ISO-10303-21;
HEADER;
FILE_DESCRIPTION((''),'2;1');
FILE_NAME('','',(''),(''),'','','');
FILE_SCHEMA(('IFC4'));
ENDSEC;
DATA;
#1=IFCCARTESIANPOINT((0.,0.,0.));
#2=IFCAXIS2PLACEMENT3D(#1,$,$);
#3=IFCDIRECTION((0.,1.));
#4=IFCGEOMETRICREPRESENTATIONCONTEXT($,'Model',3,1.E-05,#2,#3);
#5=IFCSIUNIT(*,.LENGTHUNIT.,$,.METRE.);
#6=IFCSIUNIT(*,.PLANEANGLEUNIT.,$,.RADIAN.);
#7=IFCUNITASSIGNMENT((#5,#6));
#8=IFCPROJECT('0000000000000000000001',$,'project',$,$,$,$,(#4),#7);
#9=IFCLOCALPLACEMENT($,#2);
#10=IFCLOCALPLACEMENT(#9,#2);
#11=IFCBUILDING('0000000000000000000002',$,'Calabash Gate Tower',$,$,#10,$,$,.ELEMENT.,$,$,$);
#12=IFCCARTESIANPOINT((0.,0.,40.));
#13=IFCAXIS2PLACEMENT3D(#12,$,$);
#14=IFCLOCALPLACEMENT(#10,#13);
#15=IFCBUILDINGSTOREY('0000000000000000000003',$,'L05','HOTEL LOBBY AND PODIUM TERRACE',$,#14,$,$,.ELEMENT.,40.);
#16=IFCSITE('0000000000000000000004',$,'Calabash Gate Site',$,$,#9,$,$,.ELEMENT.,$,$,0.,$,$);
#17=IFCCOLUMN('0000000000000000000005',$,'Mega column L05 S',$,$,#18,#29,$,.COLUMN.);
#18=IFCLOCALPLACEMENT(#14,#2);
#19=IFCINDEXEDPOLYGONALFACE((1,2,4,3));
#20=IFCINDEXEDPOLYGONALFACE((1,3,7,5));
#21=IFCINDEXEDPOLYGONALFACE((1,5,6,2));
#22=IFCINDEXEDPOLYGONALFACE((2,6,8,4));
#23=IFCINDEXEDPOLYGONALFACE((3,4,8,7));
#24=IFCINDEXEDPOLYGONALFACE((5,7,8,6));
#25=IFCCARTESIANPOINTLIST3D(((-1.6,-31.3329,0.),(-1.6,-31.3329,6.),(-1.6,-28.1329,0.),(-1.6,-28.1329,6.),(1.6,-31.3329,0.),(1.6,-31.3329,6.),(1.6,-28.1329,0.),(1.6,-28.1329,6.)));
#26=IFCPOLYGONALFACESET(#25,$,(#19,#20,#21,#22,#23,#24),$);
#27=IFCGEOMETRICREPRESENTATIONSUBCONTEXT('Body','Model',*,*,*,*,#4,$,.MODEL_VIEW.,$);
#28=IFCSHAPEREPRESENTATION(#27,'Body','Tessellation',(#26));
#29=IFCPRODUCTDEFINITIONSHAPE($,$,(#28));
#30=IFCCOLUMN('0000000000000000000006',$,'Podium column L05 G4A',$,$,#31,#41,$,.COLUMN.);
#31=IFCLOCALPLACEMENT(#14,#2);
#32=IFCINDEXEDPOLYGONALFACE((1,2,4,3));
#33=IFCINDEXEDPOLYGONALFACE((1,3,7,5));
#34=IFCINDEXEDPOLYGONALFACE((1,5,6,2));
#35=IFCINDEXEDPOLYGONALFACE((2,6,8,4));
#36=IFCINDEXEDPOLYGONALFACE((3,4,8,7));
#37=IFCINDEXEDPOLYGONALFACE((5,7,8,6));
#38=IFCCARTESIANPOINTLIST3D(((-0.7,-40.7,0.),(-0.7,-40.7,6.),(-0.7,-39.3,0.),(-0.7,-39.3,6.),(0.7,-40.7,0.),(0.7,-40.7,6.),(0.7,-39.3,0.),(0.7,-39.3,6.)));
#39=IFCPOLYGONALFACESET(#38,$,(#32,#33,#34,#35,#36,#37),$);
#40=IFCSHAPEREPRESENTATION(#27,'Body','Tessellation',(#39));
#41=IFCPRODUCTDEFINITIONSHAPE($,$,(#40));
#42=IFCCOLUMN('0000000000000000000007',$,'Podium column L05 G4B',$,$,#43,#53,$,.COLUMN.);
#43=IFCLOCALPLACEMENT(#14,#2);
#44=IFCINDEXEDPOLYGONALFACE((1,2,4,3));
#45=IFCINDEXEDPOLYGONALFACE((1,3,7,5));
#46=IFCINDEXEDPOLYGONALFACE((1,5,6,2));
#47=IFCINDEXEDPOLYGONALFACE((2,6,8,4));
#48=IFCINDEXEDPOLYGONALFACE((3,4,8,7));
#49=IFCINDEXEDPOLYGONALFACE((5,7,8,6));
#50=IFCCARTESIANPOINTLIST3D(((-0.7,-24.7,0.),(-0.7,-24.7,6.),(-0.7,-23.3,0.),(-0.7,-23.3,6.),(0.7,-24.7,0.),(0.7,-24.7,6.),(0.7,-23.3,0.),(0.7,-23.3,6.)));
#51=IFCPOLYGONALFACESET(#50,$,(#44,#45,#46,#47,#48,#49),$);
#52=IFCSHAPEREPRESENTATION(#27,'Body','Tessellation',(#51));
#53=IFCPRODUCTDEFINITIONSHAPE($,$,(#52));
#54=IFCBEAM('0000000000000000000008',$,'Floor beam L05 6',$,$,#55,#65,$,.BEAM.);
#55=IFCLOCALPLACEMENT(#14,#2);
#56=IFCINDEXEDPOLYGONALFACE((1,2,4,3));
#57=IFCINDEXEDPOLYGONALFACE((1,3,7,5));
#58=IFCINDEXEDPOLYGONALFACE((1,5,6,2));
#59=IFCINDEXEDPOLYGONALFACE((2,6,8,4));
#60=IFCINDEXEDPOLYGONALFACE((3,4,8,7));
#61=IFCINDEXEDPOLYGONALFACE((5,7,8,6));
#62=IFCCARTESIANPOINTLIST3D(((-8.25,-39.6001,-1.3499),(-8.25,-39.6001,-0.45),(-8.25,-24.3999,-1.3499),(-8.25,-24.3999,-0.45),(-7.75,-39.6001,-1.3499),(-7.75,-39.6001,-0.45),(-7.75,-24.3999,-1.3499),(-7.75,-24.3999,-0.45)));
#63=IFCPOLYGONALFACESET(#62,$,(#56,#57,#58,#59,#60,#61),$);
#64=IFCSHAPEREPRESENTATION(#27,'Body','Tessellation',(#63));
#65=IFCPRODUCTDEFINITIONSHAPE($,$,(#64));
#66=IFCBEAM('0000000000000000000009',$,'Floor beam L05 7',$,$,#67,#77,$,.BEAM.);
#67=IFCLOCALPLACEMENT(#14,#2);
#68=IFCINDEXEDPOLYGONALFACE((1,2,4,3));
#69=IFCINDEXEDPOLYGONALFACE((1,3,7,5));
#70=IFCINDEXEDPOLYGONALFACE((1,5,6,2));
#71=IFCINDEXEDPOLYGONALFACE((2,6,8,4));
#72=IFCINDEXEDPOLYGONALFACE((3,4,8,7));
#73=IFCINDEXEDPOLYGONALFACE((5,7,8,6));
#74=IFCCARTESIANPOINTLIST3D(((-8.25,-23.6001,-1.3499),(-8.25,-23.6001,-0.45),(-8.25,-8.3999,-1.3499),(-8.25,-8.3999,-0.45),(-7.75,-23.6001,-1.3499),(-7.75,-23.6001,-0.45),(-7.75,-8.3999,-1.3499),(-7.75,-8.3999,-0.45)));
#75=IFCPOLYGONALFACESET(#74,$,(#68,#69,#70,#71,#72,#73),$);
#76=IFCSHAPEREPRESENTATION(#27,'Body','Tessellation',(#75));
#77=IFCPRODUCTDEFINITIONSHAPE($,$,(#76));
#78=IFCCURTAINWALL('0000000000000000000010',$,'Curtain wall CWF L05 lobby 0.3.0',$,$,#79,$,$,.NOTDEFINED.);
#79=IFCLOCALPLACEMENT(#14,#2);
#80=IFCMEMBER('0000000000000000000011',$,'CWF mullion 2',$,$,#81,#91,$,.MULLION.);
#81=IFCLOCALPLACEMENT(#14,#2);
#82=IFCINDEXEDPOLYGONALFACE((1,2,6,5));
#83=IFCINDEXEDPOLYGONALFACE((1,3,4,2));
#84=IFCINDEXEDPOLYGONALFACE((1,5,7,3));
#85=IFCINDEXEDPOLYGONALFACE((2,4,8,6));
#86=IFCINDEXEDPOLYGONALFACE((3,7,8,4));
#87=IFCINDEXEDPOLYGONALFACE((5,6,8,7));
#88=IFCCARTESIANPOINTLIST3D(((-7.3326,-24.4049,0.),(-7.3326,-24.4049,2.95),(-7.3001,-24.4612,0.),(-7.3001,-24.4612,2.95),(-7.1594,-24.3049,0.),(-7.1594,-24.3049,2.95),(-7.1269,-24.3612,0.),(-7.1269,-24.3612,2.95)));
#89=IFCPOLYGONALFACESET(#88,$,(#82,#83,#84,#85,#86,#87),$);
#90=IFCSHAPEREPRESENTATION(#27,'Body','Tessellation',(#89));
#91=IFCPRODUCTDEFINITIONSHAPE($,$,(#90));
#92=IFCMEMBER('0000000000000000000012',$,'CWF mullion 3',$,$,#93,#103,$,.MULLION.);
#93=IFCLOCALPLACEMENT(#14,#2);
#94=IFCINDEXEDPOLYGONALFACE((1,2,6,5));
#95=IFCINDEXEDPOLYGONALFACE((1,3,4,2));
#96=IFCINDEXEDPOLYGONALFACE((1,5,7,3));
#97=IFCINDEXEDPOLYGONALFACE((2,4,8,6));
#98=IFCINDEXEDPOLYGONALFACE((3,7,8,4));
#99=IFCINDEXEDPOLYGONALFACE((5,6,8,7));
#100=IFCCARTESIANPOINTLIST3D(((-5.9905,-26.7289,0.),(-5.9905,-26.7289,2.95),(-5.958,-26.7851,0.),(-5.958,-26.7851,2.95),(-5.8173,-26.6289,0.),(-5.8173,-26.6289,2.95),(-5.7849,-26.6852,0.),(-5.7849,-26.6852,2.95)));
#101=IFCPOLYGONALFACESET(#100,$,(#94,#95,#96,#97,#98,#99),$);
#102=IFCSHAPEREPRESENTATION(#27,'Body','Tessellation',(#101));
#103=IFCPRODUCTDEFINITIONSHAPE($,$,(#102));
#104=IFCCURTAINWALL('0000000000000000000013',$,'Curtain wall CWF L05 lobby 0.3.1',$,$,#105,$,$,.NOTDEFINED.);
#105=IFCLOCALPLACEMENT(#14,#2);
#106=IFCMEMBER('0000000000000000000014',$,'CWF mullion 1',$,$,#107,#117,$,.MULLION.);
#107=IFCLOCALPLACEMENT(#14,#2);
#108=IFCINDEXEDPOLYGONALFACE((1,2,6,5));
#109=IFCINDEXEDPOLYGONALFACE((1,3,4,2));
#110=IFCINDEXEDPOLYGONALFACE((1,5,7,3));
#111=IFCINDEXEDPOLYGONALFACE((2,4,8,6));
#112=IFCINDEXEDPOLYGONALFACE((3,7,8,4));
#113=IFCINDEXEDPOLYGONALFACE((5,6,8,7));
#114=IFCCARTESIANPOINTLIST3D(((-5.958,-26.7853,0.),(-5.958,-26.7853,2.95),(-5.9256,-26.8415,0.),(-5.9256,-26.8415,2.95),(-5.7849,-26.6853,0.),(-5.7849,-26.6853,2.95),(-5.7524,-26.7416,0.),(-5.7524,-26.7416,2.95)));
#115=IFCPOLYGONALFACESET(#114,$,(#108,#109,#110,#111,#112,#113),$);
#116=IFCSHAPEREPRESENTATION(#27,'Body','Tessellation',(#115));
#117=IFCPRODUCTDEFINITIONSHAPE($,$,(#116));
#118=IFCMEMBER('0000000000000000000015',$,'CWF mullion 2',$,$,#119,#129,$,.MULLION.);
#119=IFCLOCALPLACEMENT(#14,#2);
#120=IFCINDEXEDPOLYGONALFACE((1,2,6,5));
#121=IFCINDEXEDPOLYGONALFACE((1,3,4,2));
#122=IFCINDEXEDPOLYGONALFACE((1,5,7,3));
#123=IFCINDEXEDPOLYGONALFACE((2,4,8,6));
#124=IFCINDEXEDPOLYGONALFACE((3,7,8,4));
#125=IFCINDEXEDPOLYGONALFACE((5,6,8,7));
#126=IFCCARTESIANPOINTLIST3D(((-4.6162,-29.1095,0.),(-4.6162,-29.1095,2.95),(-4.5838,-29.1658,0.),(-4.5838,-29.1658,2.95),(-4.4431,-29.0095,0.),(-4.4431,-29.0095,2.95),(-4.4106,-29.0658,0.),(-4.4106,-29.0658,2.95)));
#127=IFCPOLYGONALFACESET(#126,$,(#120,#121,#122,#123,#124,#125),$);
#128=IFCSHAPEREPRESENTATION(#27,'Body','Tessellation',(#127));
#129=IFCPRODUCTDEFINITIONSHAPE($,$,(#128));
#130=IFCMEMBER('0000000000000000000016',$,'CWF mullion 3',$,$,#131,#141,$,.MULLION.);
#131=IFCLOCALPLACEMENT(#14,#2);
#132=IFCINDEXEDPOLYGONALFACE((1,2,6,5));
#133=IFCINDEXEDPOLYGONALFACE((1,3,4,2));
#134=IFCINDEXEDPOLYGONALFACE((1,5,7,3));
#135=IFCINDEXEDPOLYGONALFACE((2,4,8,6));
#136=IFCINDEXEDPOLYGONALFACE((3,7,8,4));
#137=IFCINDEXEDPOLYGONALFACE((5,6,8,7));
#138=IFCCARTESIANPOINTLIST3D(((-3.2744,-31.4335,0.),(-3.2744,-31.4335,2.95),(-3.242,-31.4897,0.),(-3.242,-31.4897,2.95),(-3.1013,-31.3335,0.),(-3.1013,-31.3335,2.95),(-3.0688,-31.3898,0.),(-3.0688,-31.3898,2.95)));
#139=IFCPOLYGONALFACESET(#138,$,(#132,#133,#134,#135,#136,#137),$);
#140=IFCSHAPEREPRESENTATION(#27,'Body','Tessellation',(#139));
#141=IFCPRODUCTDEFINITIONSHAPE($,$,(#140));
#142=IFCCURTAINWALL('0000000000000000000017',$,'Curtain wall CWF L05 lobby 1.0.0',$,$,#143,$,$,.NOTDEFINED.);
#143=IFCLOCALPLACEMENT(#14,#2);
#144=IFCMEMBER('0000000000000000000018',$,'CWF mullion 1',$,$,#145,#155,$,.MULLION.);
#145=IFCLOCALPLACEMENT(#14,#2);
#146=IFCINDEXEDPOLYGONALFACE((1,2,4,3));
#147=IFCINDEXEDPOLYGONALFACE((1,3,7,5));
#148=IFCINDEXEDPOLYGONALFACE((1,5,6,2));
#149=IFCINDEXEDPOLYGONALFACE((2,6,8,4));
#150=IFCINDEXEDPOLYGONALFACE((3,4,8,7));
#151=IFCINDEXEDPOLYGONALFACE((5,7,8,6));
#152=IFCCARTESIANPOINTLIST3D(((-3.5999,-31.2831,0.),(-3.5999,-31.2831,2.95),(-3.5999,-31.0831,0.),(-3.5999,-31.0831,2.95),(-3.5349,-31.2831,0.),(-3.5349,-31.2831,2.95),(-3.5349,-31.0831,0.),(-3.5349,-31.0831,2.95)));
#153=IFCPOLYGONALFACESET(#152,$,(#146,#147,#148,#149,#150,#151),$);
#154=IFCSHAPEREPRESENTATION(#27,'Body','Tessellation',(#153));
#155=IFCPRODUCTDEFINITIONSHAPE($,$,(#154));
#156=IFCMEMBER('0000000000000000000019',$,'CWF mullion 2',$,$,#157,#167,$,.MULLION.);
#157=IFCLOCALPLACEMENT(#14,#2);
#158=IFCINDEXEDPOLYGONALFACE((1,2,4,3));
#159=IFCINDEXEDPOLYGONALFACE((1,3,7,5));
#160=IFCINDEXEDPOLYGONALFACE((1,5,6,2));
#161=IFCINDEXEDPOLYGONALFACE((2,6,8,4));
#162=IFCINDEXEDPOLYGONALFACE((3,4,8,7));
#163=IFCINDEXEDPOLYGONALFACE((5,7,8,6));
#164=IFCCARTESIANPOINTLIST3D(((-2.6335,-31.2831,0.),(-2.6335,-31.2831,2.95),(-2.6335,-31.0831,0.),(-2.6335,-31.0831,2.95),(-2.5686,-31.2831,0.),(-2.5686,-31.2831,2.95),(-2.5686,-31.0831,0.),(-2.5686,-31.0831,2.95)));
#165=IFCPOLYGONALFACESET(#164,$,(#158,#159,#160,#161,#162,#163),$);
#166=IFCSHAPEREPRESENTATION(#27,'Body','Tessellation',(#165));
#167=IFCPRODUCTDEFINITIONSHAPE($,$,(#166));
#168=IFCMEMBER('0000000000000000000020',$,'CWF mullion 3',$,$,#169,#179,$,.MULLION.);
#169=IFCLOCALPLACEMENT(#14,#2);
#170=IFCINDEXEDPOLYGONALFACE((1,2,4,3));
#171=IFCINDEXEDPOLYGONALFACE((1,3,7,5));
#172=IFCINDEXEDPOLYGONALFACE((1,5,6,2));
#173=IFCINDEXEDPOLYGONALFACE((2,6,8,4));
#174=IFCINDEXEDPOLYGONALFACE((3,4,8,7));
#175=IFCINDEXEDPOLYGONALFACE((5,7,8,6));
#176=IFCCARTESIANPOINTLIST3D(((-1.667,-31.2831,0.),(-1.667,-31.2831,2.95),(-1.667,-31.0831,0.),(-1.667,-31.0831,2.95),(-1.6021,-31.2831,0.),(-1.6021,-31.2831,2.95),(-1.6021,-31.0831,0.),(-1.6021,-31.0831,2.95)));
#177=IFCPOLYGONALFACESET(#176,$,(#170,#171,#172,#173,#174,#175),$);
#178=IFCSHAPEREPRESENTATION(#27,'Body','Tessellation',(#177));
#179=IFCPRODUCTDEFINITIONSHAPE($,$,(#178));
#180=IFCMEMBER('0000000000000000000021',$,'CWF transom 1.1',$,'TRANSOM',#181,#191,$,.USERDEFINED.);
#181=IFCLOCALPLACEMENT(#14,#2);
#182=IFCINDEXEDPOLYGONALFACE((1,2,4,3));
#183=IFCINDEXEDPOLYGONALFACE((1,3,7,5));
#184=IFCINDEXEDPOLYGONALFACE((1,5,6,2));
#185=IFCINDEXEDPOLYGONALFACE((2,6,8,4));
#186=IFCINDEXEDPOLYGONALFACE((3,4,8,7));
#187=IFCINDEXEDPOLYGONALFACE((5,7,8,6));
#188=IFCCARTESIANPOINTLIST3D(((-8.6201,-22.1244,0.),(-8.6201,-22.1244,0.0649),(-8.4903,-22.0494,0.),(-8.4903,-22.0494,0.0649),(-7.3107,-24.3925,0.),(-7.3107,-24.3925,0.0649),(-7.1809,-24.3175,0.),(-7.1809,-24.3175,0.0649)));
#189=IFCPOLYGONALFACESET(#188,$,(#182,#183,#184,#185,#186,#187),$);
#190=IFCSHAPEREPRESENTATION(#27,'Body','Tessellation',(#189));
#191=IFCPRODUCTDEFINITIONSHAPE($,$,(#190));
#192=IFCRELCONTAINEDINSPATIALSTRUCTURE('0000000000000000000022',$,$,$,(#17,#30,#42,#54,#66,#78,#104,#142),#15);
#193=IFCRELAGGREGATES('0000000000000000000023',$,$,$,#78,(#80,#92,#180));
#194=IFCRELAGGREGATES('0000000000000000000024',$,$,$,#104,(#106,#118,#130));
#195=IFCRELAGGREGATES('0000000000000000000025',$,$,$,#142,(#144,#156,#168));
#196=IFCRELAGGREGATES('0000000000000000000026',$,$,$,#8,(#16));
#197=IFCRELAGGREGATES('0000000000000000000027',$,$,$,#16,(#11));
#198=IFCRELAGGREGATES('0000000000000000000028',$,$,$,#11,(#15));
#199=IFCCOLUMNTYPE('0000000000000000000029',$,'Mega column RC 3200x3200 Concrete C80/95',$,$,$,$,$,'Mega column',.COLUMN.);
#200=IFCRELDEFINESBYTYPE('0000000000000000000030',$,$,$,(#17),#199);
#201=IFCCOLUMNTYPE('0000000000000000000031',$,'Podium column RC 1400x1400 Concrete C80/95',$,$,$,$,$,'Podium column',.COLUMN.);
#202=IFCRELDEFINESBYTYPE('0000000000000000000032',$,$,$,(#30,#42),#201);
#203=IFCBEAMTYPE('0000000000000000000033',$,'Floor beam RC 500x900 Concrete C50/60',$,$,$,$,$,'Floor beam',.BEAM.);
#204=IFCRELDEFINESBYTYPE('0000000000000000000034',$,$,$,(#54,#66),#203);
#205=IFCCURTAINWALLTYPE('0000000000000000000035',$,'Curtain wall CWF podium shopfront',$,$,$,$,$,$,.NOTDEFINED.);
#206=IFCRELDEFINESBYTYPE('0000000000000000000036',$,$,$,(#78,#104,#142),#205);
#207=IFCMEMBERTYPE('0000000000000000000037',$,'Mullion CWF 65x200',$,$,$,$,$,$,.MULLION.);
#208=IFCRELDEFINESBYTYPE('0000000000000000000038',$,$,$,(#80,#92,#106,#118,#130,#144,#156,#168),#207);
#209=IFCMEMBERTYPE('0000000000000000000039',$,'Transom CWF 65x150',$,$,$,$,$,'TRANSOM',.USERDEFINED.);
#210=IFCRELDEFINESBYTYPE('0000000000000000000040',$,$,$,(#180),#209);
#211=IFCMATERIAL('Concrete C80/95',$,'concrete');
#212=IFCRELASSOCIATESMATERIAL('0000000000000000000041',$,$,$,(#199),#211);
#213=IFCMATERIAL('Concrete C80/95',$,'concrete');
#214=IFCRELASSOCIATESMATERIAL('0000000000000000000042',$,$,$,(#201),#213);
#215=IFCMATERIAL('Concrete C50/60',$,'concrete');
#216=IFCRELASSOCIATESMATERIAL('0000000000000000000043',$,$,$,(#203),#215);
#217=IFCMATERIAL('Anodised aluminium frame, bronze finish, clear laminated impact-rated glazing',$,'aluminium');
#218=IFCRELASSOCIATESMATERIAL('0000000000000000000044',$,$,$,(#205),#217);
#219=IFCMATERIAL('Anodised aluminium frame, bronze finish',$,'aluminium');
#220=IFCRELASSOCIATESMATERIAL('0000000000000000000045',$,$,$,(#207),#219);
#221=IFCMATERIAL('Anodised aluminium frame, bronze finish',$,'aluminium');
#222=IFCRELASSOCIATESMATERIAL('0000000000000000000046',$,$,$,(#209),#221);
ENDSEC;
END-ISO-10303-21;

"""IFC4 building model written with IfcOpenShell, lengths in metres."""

from ifc_helpers import new_model, si_unit, direction, frame, origin, origin_2d, place, context, subcontext, project, spatial, rectangle, extrude, material, material_profile, profile_set, type_object, element, aggregate, save


model = new_model("IFC4")

# Units and contexts
model_context = context("Model", 3, precision=1e-05, world=origin(), true_north=direction((0.0, 1.0)))
body_context = subcontext(model_context, "Body", "Model", "MODEL_VIEW")
ifc_project = project(units=[si_unit("LENGTHUNIT", "METRE"), si_unit("PLANEANGLEUNIT", "RADIAN")], contexts=[model_context])

# Site, building, storey
site_placement = place(None, origin())
site = spatial("IfcSite", under=ifc_project, at=site_placement, Name="Calabash Gate Site", CompositionType="ELEMENT", RefElevation=0.0)
building_placement = place(site_placement, origin())
building = spatial("IfcBuilding", under=site, at=building_placement, Name="Calabash Gate Tower", CompositionType="ELEMENT")
storey_placement = place(building_placement, frame((0.0, 0.0, 40.0)))
storey = spatial("IfcBuildingStorey", under=building, at=storey_placement, Name="L05", Description="HOTEL LOBBY AND PODIUM TERRACE", CompositionType="ELEMENT", Elevation=40.0)

# Columns
ifc_material_1 = material(Name="Concrete C80/95", Category="concrete")
ifc_material_profile_1 = material_profile(ifc_material_1, rectangle(XDim=3.2, YDim=3.2, at=origin_2d()))
ifc_profile_set_1 = profile_set([ifc_material_profile_1], Name="Concrete C80/95")
column_type_1 = type_object("IfcColumnType", Name="Mega column RC 3200x3200 Concrete C80/95", ElementType="Mega column", PredefinedType="COLUMN", material=ifc_profile_set_1)
column_placement = place(storey_placement, frame((0.0, -29.7329, 0.0), z_axis=(0.0, 0.0, 1.0), x_axis=(0.0, 1.0, 0.0)))
element("IfcColumn", 1, at=column_placement, inside=storey, type_object=column_type_1, Name="Mega column L05 S", PredefinedType="COLUMN", context=body_context, shape_type="SweptSolid", body=[
    extrude(rectangle(XDim=3.2, YDim=3.2, at=origin_2d()), origin(), (0.0, 0.0, 1.0), 6.0),
])
ifc_material_2 = material(Name="Concrete C80/95", Category="concrete")
ifc_material_profile_2 = material_profile(ifc_material_2, rectangle(XDim=1.3999, YDim=1.3999, at=origin_2d()))
ifc_profile_set_2 = profile_set([ifc_material_profile_2], Name="Concrete C80/95")
column_type_2 = type_object("IfcColumnType", Name="Podium column RC 1400x1400 Concrete C80/95", ElementType="Podium column", PredefinedType="COLUMN", material=ifc_profile_set_2)
for number, where, z_axis, x_axis, name in (
    (2, (0.0, -40.0, 0.0), (0.0, 0.0, 1.0), (1.0, 0.0, 0.0), "Podium column L05 G4A"),
    (3, (0.0, -24.0, 0.0), (0.0, 0.0, 1.0), (1.0, 0.0, 0.0), "Podium column L05 G4B"),
):
    element("IfcColumn", number, at=place(storey_placement, frame(where, z_axis=z_axis, x_axis=x_axis)), inside=storey, type_object=column_type_2, Name=name, PredefinedType="COLUMN", context=body_context, shape_type="SweptSolid", body=[
        extrude(rectangle(XDim=1.3999, YDim=1.3999, at=origin_2d()), origin(), (0.0, 0.0, 1.0), 6.0),
    ])

# Beams
ifc_material_3 = material(Name="Concrete C50/60", Category="concrete")
ifc_material_profile_3 = material_profile(ifc_material_3, rectangle(XDim=0.5, YDim=0.8999, at=origin_2d()))
ifc_profile_set_3 = profile_set([ifc_material_profile_3], Name="Concrete C50/60")
beam_type = type_object("IfcBeamType", Name="Floor beam RC 500x900 Concrete C50/60", ElementType="Floor beam", PredefinedType="BEAM", material=ifc_profile_set_3)
for number, where, z_axis, x_axis, name in (
    (4, (-8.0, -39.6001, -0.8999), (0.0, 1.0, 0.0), (-1.0, 0.0, 0.0), "Floor beam L05 6"),
    (5, (-8.0, -23.6001, -0.8999), (0.0, 1.0, 0.0), (-1.0, 0.0, 0.0), "Floor beam L05 7"),
):
    element("IfcBeam", number, at=place(storey_placement, frame(where, z_axis=z_axis, x_axis=x_axis)), inside=storey, type_object=beam_type, Name=name, PredefinedType="BEAM", context=body_context, shape_type="SweptSolid", body=[
        extrude(rectangle(XDim=0.5, YDim=0.8999, at=origin_2d()), origin(), (0.0, 0.0, 1.0), 15.2002),
    ])

# Curtain walls, members
ifc_material_4 = material(Name="Anodised aluminium frame, bronze finish, clear laminated impact-rated glazing", Category="aluminium")
curtain_wall_type = type_object("IfcCurtainWallType", Name="Curtain wall CWF podium shopfront", PredefinedType="NOTDEFINED", material=ifc_material_4)
curtain_wall_1_placement = place(storey_placement, origin())
curtain_wall_1 = element("IfcCurtainWall", 6, at=curtain_wall_1_placement, inside=storey, type_object=curtain_wall_type, Name="Curtain wall CWF L05 lobby 0.3.0", PredefinedType="NOTDEFINED")
ifc_material_5 = material(Name="Anodised aluminium frame, bronze finish", Category="aluminium")
ifc_material_profile_4 = material_profile(ifc_material_5, rectangle(XDim=0.2, YDim=0.0649, at=origin_2d()))
ifc_profile_set_4 = profile_set([ifc_material_profile_4], Name="Anodised aluminium frame, bronze finish")
member_type_1 = type_object("IfcMemberType", Name="Mullion CWF 65x200", PredefinedType="MULLION", material=ifc_profile_set_4)
member_1_placement = place(storey_placement, frame((-7.2297, -24.3831, 0.0), z_axis=(0.0, 0.0, 1.0), x_axis=(0.866025, 0.5, 0.0)))
member_1 = element("IfcMember", 7, at=member_1_placement, type_object=member_type_1, Name="CWF mullion 2", PredefinedType="MULLION", context=body_context, shape_type="SweptSolid", body=[
    extrude(rectangle(XDim=0.2, YDim=0.0649, at=origin_2d()), origin(), (0.0, 0.0, 1.0), 2.95),
])
member_2_placement = place(storey_placement, frame((-5.8877, -26.707, 0.0), z_axis=(0.0, 0.0, 1.0), x_axis=(0.866025, 0.5, 0.0)))
member_2 = element("IfcMember", 8, at=member_2_placement, type_object=member_type_1, Name="CWF mullion 3", PredefinedType="MULLION", context=body_context, shape_type="SweptSolid", body=[
    extrude(rectangle(XDim=0.2, YDim=0.0649, at=origin_2d()), origin(), (0.0, 0.0, 1.0), 2.95),
])
curtain_wall_2_placement = place(storey_placement, origin())
curtain_wall_2 = element("IfcCurtainWall", 9, at=curtain_wall_2_placement, inside=storey, type_object=curtain_wall_type, Name="Curtain wall CWF L05 lobby 0.3.1", PredefinedType="NOTDEFINED")
member_3_placement = place(storey_placement, frame((-5.8552, -26.7634, 0.0), z_axis=(0.0, 0.0, 1.0), x_axis=(0.866025, 0.5, 0.0)))
member_3 = element("IfcMember", 10, at=member_3_placement, type_object=member_type_1, Name="CWF mullion 1", PredefinedType="MULLION", context=body_context, shape_type="SweptSolid", body=[
    extrude(rectangle(XDim=0.2, YDim=0.0649, at=origin_2d()), origin(), (0.0, 0.0, 1.0), 2.95),
])
member_4_placement = place(storey_placement, frame((-4.5134, -29.0876, 0.0), z_axis=(0.0, 0.0, 1.0), x_axis=(0.866025, 0.5, 0.0)))
member_4 = element("IfcMember", 11, at=member_4_placement, type_object=member_type_1, Name="CWF mullion 2", PredefinedType="MULLION", context=body_context, shape_type="SweptSolid", body=[
    extrude(rectangle(XDim=0.2, YDim=0.0649, at=origin_2d()), origin(), (0.0, 0.0, 1.0), 2.95),
])
member_5_placement = place(storey_placement, frame((-3.1716, -31.4116, 0.0), z_axis=(0.0, 0.0, 1.0), x_axis=(0.866025, 0.5, 0.0)))
member_5 = element("IfcMember", 12, at=member_5_placement, type_object=member_type_1, Name="CWF mullion 3", PredefinedType="MULLION", context=body_context, shape_type="SweptSolid", body=[
    extrude(rectangle(XDim=0.2, YDim=0.0649, at=origin_2d()), origin(), (0.0, 0.0, 1.0), 2.95),
])
curtain_wall_3_placement = place(storey_placement, origin())
curtain_wall_3 = element("IfcCurtainWall", 13, at=curtain_wall_3_placement, inside=storey, type_object=curtain_wall_type, Name="Curtain wall CWF L05 lobby 1.0.0", PredefinedType="NOTDEFINED")
member_6_placement = place(storey_placement, frame((-3.5674, -31.1831, 0.0), z_axis=(0.0, 0.0, 1.0), x_axis=(0.0, 1.0, 0.0)))
member_6 = element("IfcMember", 14, at=member_6_placement, type_object=member_type_1, Name="CWF mullion 1", PredefinedType="MULLION", context=body_context, shape_type="SweptSolid", body=[
    extrude(rectangle(XDim=0.2, YDim=0.0649, at=origin_2d()), origin(), (0.0, 0.0, 1.0), 2.95),
])
member_7_placement = place(storey_placement, frame((-2.6011, -31.1831, 0.0), z_axis=(0.0, 0.0, 1.0), x_axis=(0.0, 1.0, 0.0)))
member_7 = element("IfcMember", 15, at=member_7_placement, type_object=member_type_1, Name="CWF mullion 2", PredefinedType="MULLION", context=body_context, shape_type="SweptSolid", body=[
    extrude(rectangle(XDim=0.2, YDim=0.0649, at=origin_2d()), origin(), (0.0, 0.0, 1.0), 2.95),
])
member_8_placement = place(storey_placement, frame((-1.6345, -31.1831, 0.0), z_axis=(0.0, 0.0, 1.0), x_axis=(0.0, 1.0, 0.0)))
member_8 = element("IfcMember", 16, at=member_8_placement, type_object=member_type_1, Name="CWF mullion 3", PredefinedType="MULLION", context=body_context, shape_type="SweptSolid", body=[
    extrude(rectangle(XDim=0.2, YDim=0.0649, at=origin_2d()), origin(), (0.0, 0.0, 1.0), 2.95),
])

# Member
ifc_material_6 = material(Name="Anodised aluminium frame, bronze finish", Category="aluminium")
ifc_material_profile_5 = material_profile(ifc_material_6, rectangle(XDim=0.1499, YDim=0.0649, at=origin_2d()))
ifc_profile_set_5 = profile_set([ifc_material_profile_5], Name="Anodised aluminium frame, bronze finish")
member_type_2 = type_object("IfcMemberType", Name="Transom CWF 65x150", ElementType="TRANSOM", PredefinedType="USERDEFINED", material=ifc_profile_set_5)
member_9_placement = place(storey_placement, frame((-8.5552, -22.0869, 0.0325), z_axis=(0.499959, -0.866049, 0.0), x_axis=(0.866049, 0.499959, 0.0)))
member_9 = element("IfcMember", 17, at=member_9_placement, type_object=member_type_2, Name="CWF transom 1.1", ObjectType="TRANSOM", PredefinedType="USERDEFINED", context=body_context, shape_type="SweptSolid", body=[
    extrude(rectangle(XDim=0.1499, YDim=0.0649, at=origin_2d()), origin(), (0.0, 0.0, 1.0), 2.6189),
])

aggregate(curtain_wall_1, [member_1, member_2, member_9])
aggregate(curtain_wall_2, [member_3, member_4, member_5])
aggregate(curtain_wall_3, [member_6, member_7, member_8])

save(model, "model.ifc")
